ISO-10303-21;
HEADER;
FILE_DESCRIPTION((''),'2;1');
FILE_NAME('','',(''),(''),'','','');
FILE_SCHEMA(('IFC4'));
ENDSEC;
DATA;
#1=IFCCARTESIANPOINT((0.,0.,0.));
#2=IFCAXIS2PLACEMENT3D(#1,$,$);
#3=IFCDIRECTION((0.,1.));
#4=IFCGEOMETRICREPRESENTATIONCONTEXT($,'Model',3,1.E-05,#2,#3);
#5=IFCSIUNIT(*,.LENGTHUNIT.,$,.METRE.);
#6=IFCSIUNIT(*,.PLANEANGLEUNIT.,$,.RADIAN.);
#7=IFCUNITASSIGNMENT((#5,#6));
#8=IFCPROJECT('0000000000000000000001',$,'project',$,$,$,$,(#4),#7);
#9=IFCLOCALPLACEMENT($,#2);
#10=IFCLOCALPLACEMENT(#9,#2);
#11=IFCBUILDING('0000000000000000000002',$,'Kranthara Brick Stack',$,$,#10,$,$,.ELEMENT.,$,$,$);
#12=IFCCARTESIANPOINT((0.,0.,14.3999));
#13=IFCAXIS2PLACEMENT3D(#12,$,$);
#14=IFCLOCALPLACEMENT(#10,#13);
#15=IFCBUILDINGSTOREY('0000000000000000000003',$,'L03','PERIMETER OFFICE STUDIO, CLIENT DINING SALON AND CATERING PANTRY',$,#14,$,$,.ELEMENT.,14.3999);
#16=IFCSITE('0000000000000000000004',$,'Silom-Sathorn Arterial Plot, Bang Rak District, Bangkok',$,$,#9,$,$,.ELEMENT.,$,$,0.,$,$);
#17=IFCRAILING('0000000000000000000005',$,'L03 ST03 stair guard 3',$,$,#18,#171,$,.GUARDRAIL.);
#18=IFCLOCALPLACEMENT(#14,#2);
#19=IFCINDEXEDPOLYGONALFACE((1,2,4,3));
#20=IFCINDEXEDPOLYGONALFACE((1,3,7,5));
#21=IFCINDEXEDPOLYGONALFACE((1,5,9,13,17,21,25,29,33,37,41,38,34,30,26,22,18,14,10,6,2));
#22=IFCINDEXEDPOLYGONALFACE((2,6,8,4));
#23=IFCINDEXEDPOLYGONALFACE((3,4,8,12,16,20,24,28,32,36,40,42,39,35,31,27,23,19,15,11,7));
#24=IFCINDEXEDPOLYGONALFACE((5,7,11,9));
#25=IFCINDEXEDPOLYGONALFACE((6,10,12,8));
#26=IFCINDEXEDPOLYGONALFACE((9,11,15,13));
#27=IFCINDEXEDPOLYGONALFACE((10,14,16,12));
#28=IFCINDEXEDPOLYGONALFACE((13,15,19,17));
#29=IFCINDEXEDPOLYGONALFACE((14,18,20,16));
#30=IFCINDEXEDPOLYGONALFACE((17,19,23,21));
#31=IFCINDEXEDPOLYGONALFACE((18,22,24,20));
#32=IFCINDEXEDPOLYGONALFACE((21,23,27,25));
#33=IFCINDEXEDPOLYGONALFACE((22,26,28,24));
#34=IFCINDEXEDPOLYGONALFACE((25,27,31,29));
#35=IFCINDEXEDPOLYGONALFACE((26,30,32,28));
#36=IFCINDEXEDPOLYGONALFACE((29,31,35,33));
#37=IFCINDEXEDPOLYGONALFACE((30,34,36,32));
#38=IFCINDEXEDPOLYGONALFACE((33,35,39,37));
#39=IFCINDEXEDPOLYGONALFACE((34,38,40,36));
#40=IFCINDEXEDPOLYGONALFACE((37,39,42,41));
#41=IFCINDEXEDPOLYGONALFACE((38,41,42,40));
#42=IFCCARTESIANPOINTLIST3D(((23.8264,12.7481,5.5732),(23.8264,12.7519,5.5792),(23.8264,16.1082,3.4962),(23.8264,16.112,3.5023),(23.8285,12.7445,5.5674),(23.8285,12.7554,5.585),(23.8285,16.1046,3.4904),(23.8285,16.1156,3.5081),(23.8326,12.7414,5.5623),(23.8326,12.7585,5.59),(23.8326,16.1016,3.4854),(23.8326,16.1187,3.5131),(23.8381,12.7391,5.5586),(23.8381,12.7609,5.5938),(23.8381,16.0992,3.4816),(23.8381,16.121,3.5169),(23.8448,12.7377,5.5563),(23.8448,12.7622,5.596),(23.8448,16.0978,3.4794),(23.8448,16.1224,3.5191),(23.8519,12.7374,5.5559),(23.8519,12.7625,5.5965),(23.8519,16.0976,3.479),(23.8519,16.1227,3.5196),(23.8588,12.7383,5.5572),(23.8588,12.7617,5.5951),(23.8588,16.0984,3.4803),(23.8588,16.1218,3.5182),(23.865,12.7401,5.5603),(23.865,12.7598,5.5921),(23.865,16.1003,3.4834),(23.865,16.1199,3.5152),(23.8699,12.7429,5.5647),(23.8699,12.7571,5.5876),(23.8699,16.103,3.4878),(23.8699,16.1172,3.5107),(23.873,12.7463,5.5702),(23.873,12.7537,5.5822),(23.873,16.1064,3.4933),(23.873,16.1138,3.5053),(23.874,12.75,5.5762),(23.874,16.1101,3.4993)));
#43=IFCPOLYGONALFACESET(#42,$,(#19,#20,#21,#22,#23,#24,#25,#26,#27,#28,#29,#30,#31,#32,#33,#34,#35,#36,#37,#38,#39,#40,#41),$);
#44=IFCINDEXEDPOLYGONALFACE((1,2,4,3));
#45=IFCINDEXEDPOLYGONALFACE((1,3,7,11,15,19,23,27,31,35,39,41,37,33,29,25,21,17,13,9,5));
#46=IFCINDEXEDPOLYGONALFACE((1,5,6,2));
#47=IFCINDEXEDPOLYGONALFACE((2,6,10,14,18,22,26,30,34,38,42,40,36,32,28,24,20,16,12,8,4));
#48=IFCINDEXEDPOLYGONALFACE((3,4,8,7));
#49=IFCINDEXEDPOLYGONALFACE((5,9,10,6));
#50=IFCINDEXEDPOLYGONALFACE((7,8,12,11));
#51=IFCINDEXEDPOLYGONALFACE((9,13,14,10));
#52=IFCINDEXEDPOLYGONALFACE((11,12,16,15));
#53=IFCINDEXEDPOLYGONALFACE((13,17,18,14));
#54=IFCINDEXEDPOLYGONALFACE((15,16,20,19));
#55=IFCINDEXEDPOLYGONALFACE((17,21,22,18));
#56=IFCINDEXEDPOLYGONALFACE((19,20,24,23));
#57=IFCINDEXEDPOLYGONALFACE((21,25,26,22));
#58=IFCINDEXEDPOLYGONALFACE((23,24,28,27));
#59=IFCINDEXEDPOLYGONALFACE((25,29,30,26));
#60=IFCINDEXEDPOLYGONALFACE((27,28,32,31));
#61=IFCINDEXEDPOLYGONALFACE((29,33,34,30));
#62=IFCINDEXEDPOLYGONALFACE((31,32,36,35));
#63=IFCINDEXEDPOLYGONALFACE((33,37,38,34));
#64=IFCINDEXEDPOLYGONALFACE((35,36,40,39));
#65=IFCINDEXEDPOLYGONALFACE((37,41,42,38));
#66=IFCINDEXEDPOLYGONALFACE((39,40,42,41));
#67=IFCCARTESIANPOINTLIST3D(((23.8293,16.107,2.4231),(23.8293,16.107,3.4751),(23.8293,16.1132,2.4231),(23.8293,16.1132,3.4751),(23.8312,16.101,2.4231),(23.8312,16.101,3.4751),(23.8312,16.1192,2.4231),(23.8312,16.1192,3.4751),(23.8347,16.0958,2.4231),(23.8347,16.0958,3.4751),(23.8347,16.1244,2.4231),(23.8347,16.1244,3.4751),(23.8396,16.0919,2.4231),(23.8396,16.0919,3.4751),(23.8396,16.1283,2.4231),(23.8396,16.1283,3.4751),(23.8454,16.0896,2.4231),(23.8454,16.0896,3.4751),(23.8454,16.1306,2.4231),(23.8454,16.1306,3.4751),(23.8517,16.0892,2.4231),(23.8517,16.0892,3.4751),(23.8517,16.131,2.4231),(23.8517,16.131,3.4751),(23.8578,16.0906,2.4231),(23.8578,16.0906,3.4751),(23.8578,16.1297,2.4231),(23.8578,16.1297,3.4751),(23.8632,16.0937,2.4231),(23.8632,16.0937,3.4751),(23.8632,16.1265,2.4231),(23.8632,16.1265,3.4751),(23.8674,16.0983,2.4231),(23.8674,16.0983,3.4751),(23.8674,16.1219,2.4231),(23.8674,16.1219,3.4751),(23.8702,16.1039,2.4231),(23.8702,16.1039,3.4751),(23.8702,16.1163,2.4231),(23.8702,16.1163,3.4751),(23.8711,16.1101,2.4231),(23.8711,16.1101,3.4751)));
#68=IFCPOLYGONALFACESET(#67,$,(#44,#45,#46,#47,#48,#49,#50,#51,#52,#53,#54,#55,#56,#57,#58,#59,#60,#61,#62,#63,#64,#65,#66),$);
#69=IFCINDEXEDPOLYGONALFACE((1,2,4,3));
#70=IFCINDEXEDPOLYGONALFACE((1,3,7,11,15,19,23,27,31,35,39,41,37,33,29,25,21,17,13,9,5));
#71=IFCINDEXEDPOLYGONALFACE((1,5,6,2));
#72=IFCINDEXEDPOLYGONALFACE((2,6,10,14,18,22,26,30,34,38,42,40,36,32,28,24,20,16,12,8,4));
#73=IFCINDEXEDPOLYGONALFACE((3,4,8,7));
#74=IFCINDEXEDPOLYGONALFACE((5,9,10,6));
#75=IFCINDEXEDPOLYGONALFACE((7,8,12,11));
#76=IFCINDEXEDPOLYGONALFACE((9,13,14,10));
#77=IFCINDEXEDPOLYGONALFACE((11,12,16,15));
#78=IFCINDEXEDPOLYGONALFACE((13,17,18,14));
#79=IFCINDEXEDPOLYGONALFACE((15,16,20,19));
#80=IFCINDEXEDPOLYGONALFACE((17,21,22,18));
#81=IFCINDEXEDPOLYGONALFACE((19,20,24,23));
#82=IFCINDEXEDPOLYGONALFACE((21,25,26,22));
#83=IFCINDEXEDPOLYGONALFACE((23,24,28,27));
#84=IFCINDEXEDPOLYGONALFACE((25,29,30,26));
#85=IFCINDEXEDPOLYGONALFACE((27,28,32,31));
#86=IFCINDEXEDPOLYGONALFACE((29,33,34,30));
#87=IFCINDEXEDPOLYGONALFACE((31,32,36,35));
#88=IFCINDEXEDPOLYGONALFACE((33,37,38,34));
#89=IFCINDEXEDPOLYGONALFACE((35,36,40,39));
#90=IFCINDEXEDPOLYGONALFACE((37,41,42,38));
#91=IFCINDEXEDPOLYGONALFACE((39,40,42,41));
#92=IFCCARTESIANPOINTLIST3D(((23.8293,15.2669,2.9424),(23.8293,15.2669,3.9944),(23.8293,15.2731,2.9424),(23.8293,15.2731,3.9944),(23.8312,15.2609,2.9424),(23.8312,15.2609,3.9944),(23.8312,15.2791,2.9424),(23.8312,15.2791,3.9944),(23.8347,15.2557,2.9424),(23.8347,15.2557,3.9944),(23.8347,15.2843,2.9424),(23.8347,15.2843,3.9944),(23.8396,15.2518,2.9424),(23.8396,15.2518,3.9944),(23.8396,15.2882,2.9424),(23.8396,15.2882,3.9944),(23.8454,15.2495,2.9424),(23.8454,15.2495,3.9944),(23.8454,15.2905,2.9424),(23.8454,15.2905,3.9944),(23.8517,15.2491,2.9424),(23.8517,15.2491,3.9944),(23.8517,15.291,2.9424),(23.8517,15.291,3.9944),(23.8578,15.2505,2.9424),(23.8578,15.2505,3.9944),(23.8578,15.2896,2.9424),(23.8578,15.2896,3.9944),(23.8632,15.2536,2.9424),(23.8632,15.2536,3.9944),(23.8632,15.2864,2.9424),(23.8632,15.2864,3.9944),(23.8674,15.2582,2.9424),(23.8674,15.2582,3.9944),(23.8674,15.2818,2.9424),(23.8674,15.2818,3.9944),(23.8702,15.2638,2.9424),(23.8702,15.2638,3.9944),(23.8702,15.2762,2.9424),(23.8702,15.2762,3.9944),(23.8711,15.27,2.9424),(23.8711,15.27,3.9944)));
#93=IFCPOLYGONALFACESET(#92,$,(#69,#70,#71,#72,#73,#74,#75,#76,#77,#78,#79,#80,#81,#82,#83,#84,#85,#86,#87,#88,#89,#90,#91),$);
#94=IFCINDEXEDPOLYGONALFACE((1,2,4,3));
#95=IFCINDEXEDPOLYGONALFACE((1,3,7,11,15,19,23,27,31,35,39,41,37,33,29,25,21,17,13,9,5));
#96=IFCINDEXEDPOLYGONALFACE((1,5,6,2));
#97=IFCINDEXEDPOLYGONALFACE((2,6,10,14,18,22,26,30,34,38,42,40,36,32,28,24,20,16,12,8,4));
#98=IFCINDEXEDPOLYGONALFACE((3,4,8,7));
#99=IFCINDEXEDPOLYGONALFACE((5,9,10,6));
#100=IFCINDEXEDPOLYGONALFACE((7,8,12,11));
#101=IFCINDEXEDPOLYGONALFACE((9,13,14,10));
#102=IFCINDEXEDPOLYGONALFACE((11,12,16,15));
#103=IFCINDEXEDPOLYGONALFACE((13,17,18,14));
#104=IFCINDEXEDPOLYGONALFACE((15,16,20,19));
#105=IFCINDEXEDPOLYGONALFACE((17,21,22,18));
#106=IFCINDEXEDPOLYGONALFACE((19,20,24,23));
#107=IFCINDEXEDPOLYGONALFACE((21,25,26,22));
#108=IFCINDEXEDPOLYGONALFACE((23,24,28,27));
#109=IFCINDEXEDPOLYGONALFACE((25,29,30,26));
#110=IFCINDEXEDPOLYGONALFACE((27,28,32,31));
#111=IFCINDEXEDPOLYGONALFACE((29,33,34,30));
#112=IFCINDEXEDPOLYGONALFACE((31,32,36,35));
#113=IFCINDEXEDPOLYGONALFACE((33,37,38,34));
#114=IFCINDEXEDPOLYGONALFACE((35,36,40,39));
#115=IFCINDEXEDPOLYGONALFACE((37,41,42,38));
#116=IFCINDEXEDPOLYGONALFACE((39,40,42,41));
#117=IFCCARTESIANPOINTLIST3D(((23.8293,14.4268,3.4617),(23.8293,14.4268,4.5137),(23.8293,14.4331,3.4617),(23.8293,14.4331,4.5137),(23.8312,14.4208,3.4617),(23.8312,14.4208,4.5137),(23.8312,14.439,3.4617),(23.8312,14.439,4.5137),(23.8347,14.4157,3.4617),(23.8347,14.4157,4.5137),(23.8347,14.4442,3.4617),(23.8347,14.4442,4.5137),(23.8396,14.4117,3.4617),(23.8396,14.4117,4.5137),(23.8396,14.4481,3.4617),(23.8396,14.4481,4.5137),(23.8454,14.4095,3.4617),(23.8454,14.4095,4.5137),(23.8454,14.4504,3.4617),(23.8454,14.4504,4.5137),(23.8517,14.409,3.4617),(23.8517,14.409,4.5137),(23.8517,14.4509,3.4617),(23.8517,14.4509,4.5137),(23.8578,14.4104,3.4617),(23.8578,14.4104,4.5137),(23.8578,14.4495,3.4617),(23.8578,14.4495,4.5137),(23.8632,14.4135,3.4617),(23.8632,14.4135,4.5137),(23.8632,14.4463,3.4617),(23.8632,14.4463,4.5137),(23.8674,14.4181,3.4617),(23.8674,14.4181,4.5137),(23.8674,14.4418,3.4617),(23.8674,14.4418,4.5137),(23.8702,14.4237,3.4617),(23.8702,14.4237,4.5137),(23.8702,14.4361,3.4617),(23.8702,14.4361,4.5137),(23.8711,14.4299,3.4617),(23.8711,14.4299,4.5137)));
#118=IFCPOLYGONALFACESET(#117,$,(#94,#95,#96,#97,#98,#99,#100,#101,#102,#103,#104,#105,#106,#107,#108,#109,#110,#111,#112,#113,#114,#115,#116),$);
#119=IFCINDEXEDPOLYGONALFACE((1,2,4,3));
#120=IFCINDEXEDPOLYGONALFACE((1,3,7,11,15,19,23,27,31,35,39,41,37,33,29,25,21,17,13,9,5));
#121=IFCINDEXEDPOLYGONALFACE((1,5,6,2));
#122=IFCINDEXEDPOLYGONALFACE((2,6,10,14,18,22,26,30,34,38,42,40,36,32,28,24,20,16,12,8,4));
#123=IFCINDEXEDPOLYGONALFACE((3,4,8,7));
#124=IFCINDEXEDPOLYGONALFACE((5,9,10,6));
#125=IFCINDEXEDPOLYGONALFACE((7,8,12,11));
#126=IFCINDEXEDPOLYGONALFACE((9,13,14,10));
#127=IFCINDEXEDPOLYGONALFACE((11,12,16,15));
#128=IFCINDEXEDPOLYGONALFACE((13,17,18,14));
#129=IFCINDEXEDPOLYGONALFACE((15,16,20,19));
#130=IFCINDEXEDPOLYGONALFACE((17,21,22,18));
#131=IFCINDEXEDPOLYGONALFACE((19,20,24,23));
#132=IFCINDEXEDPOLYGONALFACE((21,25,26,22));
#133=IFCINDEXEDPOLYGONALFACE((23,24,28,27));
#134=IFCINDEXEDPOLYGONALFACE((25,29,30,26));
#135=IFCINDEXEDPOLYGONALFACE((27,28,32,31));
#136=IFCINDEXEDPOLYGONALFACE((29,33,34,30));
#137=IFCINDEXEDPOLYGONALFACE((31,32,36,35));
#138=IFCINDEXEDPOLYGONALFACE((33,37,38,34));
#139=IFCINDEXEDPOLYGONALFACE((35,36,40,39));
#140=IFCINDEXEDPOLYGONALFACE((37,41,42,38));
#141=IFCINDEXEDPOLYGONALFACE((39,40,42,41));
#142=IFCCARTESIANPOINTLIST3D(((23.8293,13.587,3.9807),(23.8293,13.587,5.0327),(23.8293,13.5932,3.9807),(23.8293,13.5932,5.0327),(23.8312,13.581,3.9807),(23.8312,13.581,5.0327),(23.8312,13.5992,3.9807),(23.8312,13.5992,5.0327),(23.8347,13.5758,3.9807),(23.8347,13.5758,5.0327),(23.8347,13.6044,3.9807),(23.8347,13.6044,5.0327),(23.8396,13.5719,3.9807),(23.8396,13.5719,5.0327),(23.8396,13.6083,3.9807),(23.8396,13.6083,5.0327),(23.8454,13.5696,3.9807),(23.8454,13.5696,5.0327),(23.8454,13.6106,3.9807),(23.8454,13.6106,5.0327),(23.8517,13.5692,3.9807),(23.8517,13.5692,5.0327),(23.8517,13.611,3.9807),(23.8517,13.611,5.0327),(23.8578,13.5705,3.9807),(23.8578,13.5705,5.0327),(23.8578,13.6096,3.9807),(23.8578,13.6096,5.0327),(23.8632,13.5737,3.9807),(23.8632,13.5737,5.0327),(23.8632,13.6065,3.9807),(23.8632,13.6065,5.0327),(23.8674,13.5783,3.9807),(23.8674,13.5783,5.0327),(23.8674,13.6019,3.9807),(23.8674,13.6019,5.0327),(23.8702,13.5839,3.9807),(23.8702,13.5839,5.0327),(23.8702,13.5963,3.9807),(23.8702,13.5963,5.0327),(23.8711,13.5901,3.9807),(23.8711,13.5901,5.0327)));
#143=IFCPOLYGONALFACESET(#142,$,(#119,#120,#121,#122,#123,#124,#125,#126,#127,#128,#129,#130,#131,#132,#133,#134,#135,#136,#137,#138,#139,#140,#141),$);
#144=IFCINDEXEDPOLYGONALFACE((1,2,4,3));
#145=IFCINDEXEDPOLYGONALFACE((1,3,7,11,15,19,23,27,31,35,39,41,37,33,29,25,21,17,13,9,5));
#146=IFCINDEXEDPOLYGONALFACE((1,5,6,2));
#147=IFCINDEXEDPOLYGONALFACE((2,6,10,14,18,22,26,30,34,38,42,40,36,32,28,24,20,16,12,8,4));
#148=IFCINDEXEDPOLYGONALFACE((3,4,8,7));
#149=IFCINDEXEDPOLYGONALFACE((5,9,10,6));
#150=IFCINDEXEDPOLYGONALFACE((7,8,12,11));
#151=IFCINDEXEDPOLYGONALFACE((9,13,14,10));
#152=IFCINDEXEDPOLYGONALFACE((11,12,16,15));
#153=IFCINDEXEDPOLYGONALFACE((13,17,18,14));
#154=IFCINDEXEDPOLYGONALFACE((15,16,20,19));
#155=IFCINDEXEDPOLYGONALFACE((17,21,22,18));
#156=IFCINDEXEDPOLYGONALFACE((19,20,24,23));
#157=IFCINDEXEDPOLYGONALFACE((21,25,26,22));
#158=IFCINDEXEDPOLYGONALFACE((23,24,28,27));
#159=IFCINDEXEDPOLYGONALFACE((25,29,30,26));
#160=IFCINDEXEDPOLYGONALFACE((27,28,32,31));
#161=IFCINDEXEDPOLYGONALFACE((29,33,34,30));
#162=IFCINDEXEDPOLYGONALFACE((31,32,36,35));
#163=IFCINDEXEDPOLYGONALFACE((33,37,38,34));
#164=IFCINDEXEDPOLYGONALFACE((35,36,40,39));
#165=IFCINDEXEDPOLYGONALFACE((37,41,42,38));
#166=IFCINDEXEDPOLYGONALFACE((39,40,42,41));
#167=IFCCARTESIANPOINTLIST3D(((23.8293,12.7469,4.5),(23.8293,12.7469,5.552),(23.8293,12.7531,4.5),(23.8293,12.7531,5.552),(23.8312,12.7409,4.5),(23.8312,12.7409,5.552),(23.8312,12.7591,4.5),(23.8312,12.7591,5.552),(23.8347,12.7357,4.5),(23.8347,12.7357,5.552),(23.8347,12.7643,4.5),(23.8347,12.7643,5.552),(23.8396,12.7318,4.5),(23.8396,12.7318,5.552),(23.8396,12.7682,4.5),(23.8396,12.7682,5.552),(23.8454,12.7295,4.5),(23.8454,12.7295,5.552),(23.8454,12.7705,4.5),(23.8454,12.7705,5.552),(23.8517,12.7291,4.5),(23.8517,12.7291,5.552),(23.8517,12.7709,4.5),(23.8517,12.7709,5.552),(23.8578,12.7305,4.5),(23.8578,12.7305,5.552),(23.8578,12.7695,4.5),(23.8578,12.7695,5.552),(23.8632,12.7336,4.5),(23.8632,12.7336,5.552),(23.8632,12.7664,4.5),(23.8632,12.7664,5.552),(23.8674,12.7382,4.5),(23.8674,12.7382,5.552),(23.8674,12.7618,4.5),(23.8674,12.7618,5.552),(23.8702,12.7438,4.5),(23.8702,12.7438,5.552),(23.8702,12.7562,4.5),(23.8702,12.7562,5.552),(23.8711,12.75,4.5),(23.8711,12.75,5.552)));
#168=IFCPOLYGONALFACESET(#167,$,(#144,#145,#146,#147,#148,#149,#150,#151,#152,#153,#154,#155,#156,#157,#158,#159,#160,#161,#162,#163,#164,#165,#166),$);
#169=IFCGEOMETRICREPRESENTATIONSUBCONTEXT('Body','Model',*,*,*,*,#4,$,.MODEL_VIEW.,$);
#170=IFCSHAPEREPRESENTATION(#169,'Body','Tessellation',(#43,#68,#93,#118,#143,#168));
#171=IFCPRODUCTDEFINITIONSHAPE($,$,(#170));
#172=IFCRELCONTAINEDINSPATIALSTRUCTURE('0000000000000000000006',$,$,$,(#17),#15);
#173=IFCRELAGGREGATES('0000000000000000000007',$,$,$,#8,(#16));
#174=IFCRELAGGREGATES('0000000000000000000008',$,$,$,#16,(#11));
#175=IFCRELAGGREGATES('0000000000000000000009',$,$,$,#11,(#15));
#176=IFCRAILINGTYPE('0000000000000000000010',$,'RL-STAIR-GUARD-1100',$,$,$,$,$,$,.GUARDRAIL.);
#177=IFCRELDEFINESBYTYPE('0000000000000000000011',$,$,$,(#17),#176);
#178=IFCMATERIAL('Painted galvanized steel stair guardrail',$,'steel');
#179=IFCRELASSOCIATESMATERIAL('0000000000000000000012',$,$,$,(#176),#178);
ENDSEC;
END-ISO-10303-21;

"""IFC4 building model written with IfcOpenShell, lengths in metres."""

from ifc_helpers import new_model, si_unit, direction, frame, origin, origin_2d, place, context, subcontext, project, spatial, circle, extrude, material, type_object, element, save


model = new_model("IFC4")

# Units and contexts
model_context = context("Model", 3, precision=1e-05, world=origin(), true_north=direction((0.0, 1.0)))
body_context = subcontext(model_context, "Body", "Model", "MODEL_VIEW")
ifc_project = project(units=[si_unit("LENGTHUNIT", "METRE"), si_unit("PLANEANGLEUNIT", "RADIAN")], contexts=[model_context])

# Site, building, storey
site_placement = place(None, origin())
site = spatial("IfcSite", under=ifc_project, at=site_placement, Name="Silom-Sathorn Arterial Plot, Bang Rak District, Bangkok", CompositionType="ELEMENT", RefElevation=0.0)
building_placement = place(site_placement, origin())
building = spatial("IfcBuilding", under=site, at=building_placement, Name="Kranthara Brick Stack", CompositionType="ELEMENT")
storey_placement = place(building_placement, frame((0.0, 0.0, 14.3999)))
storey = spatial("IfcBuildingStorey", under=building, at=storey_placement, Name="L03", Description="PERIMETER OFFICE STUDIO, CLIENT DINING SALON AND CATERING PANTRY", CompositionType="ELEMENT", Elevation=14.3999)

# Railing
ifc_material_1 = material(Name="Painted galvanized steel stair guardrail", Category="steel")
railing_type_1 = type_object("IfcRailingType", Name="RL-STAIR-GUARD-1100", PredefinedType="GUARDRAIL", material=ifc_material_1)
railing_1_placement = place(storey_placement, frame((23.8501, 16.1101, 2.4231)))
element("IfcRailing", 1, at=railing_1_placement, inside=storey, type_object=railing_type_1, Name="L03 ST03 stair guard 3", PredefinedType="GUARDRAIL", context=body_context, shape_type="SweptSolid", body=[
    extrude(circle(Radius=0.0239, at=origin_2d()), frame((0.0, 0.0, 1.0762), z_axis=(0.0, -0.850623, 0.525776), x_axis=(1.0, 0.0, 0.0)), (0.0, 0.0, 1.0), 3.9502),
    extrude(circle(Radius=0.021, at=origin_2d()), origin(), (0.0, 0.0, 1.0), 1.052),
    extrude(circle(Radius=0.021, at=origin_2d()), frame((0.0, -0.8401, 0.5193)), (0.0, 0.0, 1.0), 1.052),
    extrude(circle(Radius=0.021, at=origin_2d()), frame((0.0, -1.6802, 1.0386)), (0.0, 0.0, 1.0), 1.052),
    extrude(circle(Radius=0.021, at=origin_2d()), frame((0.0, -2.52, 1.5576)), (0.0, 0.0, 1.0), 1.052),
    extrude(circle(Radius=0.021, at=origin_2d()), frame((0.0, -3.3601, 2.0769)), (0.0, 0.0, 1.0), 1.052),
])

save(model, "model.ifc")
